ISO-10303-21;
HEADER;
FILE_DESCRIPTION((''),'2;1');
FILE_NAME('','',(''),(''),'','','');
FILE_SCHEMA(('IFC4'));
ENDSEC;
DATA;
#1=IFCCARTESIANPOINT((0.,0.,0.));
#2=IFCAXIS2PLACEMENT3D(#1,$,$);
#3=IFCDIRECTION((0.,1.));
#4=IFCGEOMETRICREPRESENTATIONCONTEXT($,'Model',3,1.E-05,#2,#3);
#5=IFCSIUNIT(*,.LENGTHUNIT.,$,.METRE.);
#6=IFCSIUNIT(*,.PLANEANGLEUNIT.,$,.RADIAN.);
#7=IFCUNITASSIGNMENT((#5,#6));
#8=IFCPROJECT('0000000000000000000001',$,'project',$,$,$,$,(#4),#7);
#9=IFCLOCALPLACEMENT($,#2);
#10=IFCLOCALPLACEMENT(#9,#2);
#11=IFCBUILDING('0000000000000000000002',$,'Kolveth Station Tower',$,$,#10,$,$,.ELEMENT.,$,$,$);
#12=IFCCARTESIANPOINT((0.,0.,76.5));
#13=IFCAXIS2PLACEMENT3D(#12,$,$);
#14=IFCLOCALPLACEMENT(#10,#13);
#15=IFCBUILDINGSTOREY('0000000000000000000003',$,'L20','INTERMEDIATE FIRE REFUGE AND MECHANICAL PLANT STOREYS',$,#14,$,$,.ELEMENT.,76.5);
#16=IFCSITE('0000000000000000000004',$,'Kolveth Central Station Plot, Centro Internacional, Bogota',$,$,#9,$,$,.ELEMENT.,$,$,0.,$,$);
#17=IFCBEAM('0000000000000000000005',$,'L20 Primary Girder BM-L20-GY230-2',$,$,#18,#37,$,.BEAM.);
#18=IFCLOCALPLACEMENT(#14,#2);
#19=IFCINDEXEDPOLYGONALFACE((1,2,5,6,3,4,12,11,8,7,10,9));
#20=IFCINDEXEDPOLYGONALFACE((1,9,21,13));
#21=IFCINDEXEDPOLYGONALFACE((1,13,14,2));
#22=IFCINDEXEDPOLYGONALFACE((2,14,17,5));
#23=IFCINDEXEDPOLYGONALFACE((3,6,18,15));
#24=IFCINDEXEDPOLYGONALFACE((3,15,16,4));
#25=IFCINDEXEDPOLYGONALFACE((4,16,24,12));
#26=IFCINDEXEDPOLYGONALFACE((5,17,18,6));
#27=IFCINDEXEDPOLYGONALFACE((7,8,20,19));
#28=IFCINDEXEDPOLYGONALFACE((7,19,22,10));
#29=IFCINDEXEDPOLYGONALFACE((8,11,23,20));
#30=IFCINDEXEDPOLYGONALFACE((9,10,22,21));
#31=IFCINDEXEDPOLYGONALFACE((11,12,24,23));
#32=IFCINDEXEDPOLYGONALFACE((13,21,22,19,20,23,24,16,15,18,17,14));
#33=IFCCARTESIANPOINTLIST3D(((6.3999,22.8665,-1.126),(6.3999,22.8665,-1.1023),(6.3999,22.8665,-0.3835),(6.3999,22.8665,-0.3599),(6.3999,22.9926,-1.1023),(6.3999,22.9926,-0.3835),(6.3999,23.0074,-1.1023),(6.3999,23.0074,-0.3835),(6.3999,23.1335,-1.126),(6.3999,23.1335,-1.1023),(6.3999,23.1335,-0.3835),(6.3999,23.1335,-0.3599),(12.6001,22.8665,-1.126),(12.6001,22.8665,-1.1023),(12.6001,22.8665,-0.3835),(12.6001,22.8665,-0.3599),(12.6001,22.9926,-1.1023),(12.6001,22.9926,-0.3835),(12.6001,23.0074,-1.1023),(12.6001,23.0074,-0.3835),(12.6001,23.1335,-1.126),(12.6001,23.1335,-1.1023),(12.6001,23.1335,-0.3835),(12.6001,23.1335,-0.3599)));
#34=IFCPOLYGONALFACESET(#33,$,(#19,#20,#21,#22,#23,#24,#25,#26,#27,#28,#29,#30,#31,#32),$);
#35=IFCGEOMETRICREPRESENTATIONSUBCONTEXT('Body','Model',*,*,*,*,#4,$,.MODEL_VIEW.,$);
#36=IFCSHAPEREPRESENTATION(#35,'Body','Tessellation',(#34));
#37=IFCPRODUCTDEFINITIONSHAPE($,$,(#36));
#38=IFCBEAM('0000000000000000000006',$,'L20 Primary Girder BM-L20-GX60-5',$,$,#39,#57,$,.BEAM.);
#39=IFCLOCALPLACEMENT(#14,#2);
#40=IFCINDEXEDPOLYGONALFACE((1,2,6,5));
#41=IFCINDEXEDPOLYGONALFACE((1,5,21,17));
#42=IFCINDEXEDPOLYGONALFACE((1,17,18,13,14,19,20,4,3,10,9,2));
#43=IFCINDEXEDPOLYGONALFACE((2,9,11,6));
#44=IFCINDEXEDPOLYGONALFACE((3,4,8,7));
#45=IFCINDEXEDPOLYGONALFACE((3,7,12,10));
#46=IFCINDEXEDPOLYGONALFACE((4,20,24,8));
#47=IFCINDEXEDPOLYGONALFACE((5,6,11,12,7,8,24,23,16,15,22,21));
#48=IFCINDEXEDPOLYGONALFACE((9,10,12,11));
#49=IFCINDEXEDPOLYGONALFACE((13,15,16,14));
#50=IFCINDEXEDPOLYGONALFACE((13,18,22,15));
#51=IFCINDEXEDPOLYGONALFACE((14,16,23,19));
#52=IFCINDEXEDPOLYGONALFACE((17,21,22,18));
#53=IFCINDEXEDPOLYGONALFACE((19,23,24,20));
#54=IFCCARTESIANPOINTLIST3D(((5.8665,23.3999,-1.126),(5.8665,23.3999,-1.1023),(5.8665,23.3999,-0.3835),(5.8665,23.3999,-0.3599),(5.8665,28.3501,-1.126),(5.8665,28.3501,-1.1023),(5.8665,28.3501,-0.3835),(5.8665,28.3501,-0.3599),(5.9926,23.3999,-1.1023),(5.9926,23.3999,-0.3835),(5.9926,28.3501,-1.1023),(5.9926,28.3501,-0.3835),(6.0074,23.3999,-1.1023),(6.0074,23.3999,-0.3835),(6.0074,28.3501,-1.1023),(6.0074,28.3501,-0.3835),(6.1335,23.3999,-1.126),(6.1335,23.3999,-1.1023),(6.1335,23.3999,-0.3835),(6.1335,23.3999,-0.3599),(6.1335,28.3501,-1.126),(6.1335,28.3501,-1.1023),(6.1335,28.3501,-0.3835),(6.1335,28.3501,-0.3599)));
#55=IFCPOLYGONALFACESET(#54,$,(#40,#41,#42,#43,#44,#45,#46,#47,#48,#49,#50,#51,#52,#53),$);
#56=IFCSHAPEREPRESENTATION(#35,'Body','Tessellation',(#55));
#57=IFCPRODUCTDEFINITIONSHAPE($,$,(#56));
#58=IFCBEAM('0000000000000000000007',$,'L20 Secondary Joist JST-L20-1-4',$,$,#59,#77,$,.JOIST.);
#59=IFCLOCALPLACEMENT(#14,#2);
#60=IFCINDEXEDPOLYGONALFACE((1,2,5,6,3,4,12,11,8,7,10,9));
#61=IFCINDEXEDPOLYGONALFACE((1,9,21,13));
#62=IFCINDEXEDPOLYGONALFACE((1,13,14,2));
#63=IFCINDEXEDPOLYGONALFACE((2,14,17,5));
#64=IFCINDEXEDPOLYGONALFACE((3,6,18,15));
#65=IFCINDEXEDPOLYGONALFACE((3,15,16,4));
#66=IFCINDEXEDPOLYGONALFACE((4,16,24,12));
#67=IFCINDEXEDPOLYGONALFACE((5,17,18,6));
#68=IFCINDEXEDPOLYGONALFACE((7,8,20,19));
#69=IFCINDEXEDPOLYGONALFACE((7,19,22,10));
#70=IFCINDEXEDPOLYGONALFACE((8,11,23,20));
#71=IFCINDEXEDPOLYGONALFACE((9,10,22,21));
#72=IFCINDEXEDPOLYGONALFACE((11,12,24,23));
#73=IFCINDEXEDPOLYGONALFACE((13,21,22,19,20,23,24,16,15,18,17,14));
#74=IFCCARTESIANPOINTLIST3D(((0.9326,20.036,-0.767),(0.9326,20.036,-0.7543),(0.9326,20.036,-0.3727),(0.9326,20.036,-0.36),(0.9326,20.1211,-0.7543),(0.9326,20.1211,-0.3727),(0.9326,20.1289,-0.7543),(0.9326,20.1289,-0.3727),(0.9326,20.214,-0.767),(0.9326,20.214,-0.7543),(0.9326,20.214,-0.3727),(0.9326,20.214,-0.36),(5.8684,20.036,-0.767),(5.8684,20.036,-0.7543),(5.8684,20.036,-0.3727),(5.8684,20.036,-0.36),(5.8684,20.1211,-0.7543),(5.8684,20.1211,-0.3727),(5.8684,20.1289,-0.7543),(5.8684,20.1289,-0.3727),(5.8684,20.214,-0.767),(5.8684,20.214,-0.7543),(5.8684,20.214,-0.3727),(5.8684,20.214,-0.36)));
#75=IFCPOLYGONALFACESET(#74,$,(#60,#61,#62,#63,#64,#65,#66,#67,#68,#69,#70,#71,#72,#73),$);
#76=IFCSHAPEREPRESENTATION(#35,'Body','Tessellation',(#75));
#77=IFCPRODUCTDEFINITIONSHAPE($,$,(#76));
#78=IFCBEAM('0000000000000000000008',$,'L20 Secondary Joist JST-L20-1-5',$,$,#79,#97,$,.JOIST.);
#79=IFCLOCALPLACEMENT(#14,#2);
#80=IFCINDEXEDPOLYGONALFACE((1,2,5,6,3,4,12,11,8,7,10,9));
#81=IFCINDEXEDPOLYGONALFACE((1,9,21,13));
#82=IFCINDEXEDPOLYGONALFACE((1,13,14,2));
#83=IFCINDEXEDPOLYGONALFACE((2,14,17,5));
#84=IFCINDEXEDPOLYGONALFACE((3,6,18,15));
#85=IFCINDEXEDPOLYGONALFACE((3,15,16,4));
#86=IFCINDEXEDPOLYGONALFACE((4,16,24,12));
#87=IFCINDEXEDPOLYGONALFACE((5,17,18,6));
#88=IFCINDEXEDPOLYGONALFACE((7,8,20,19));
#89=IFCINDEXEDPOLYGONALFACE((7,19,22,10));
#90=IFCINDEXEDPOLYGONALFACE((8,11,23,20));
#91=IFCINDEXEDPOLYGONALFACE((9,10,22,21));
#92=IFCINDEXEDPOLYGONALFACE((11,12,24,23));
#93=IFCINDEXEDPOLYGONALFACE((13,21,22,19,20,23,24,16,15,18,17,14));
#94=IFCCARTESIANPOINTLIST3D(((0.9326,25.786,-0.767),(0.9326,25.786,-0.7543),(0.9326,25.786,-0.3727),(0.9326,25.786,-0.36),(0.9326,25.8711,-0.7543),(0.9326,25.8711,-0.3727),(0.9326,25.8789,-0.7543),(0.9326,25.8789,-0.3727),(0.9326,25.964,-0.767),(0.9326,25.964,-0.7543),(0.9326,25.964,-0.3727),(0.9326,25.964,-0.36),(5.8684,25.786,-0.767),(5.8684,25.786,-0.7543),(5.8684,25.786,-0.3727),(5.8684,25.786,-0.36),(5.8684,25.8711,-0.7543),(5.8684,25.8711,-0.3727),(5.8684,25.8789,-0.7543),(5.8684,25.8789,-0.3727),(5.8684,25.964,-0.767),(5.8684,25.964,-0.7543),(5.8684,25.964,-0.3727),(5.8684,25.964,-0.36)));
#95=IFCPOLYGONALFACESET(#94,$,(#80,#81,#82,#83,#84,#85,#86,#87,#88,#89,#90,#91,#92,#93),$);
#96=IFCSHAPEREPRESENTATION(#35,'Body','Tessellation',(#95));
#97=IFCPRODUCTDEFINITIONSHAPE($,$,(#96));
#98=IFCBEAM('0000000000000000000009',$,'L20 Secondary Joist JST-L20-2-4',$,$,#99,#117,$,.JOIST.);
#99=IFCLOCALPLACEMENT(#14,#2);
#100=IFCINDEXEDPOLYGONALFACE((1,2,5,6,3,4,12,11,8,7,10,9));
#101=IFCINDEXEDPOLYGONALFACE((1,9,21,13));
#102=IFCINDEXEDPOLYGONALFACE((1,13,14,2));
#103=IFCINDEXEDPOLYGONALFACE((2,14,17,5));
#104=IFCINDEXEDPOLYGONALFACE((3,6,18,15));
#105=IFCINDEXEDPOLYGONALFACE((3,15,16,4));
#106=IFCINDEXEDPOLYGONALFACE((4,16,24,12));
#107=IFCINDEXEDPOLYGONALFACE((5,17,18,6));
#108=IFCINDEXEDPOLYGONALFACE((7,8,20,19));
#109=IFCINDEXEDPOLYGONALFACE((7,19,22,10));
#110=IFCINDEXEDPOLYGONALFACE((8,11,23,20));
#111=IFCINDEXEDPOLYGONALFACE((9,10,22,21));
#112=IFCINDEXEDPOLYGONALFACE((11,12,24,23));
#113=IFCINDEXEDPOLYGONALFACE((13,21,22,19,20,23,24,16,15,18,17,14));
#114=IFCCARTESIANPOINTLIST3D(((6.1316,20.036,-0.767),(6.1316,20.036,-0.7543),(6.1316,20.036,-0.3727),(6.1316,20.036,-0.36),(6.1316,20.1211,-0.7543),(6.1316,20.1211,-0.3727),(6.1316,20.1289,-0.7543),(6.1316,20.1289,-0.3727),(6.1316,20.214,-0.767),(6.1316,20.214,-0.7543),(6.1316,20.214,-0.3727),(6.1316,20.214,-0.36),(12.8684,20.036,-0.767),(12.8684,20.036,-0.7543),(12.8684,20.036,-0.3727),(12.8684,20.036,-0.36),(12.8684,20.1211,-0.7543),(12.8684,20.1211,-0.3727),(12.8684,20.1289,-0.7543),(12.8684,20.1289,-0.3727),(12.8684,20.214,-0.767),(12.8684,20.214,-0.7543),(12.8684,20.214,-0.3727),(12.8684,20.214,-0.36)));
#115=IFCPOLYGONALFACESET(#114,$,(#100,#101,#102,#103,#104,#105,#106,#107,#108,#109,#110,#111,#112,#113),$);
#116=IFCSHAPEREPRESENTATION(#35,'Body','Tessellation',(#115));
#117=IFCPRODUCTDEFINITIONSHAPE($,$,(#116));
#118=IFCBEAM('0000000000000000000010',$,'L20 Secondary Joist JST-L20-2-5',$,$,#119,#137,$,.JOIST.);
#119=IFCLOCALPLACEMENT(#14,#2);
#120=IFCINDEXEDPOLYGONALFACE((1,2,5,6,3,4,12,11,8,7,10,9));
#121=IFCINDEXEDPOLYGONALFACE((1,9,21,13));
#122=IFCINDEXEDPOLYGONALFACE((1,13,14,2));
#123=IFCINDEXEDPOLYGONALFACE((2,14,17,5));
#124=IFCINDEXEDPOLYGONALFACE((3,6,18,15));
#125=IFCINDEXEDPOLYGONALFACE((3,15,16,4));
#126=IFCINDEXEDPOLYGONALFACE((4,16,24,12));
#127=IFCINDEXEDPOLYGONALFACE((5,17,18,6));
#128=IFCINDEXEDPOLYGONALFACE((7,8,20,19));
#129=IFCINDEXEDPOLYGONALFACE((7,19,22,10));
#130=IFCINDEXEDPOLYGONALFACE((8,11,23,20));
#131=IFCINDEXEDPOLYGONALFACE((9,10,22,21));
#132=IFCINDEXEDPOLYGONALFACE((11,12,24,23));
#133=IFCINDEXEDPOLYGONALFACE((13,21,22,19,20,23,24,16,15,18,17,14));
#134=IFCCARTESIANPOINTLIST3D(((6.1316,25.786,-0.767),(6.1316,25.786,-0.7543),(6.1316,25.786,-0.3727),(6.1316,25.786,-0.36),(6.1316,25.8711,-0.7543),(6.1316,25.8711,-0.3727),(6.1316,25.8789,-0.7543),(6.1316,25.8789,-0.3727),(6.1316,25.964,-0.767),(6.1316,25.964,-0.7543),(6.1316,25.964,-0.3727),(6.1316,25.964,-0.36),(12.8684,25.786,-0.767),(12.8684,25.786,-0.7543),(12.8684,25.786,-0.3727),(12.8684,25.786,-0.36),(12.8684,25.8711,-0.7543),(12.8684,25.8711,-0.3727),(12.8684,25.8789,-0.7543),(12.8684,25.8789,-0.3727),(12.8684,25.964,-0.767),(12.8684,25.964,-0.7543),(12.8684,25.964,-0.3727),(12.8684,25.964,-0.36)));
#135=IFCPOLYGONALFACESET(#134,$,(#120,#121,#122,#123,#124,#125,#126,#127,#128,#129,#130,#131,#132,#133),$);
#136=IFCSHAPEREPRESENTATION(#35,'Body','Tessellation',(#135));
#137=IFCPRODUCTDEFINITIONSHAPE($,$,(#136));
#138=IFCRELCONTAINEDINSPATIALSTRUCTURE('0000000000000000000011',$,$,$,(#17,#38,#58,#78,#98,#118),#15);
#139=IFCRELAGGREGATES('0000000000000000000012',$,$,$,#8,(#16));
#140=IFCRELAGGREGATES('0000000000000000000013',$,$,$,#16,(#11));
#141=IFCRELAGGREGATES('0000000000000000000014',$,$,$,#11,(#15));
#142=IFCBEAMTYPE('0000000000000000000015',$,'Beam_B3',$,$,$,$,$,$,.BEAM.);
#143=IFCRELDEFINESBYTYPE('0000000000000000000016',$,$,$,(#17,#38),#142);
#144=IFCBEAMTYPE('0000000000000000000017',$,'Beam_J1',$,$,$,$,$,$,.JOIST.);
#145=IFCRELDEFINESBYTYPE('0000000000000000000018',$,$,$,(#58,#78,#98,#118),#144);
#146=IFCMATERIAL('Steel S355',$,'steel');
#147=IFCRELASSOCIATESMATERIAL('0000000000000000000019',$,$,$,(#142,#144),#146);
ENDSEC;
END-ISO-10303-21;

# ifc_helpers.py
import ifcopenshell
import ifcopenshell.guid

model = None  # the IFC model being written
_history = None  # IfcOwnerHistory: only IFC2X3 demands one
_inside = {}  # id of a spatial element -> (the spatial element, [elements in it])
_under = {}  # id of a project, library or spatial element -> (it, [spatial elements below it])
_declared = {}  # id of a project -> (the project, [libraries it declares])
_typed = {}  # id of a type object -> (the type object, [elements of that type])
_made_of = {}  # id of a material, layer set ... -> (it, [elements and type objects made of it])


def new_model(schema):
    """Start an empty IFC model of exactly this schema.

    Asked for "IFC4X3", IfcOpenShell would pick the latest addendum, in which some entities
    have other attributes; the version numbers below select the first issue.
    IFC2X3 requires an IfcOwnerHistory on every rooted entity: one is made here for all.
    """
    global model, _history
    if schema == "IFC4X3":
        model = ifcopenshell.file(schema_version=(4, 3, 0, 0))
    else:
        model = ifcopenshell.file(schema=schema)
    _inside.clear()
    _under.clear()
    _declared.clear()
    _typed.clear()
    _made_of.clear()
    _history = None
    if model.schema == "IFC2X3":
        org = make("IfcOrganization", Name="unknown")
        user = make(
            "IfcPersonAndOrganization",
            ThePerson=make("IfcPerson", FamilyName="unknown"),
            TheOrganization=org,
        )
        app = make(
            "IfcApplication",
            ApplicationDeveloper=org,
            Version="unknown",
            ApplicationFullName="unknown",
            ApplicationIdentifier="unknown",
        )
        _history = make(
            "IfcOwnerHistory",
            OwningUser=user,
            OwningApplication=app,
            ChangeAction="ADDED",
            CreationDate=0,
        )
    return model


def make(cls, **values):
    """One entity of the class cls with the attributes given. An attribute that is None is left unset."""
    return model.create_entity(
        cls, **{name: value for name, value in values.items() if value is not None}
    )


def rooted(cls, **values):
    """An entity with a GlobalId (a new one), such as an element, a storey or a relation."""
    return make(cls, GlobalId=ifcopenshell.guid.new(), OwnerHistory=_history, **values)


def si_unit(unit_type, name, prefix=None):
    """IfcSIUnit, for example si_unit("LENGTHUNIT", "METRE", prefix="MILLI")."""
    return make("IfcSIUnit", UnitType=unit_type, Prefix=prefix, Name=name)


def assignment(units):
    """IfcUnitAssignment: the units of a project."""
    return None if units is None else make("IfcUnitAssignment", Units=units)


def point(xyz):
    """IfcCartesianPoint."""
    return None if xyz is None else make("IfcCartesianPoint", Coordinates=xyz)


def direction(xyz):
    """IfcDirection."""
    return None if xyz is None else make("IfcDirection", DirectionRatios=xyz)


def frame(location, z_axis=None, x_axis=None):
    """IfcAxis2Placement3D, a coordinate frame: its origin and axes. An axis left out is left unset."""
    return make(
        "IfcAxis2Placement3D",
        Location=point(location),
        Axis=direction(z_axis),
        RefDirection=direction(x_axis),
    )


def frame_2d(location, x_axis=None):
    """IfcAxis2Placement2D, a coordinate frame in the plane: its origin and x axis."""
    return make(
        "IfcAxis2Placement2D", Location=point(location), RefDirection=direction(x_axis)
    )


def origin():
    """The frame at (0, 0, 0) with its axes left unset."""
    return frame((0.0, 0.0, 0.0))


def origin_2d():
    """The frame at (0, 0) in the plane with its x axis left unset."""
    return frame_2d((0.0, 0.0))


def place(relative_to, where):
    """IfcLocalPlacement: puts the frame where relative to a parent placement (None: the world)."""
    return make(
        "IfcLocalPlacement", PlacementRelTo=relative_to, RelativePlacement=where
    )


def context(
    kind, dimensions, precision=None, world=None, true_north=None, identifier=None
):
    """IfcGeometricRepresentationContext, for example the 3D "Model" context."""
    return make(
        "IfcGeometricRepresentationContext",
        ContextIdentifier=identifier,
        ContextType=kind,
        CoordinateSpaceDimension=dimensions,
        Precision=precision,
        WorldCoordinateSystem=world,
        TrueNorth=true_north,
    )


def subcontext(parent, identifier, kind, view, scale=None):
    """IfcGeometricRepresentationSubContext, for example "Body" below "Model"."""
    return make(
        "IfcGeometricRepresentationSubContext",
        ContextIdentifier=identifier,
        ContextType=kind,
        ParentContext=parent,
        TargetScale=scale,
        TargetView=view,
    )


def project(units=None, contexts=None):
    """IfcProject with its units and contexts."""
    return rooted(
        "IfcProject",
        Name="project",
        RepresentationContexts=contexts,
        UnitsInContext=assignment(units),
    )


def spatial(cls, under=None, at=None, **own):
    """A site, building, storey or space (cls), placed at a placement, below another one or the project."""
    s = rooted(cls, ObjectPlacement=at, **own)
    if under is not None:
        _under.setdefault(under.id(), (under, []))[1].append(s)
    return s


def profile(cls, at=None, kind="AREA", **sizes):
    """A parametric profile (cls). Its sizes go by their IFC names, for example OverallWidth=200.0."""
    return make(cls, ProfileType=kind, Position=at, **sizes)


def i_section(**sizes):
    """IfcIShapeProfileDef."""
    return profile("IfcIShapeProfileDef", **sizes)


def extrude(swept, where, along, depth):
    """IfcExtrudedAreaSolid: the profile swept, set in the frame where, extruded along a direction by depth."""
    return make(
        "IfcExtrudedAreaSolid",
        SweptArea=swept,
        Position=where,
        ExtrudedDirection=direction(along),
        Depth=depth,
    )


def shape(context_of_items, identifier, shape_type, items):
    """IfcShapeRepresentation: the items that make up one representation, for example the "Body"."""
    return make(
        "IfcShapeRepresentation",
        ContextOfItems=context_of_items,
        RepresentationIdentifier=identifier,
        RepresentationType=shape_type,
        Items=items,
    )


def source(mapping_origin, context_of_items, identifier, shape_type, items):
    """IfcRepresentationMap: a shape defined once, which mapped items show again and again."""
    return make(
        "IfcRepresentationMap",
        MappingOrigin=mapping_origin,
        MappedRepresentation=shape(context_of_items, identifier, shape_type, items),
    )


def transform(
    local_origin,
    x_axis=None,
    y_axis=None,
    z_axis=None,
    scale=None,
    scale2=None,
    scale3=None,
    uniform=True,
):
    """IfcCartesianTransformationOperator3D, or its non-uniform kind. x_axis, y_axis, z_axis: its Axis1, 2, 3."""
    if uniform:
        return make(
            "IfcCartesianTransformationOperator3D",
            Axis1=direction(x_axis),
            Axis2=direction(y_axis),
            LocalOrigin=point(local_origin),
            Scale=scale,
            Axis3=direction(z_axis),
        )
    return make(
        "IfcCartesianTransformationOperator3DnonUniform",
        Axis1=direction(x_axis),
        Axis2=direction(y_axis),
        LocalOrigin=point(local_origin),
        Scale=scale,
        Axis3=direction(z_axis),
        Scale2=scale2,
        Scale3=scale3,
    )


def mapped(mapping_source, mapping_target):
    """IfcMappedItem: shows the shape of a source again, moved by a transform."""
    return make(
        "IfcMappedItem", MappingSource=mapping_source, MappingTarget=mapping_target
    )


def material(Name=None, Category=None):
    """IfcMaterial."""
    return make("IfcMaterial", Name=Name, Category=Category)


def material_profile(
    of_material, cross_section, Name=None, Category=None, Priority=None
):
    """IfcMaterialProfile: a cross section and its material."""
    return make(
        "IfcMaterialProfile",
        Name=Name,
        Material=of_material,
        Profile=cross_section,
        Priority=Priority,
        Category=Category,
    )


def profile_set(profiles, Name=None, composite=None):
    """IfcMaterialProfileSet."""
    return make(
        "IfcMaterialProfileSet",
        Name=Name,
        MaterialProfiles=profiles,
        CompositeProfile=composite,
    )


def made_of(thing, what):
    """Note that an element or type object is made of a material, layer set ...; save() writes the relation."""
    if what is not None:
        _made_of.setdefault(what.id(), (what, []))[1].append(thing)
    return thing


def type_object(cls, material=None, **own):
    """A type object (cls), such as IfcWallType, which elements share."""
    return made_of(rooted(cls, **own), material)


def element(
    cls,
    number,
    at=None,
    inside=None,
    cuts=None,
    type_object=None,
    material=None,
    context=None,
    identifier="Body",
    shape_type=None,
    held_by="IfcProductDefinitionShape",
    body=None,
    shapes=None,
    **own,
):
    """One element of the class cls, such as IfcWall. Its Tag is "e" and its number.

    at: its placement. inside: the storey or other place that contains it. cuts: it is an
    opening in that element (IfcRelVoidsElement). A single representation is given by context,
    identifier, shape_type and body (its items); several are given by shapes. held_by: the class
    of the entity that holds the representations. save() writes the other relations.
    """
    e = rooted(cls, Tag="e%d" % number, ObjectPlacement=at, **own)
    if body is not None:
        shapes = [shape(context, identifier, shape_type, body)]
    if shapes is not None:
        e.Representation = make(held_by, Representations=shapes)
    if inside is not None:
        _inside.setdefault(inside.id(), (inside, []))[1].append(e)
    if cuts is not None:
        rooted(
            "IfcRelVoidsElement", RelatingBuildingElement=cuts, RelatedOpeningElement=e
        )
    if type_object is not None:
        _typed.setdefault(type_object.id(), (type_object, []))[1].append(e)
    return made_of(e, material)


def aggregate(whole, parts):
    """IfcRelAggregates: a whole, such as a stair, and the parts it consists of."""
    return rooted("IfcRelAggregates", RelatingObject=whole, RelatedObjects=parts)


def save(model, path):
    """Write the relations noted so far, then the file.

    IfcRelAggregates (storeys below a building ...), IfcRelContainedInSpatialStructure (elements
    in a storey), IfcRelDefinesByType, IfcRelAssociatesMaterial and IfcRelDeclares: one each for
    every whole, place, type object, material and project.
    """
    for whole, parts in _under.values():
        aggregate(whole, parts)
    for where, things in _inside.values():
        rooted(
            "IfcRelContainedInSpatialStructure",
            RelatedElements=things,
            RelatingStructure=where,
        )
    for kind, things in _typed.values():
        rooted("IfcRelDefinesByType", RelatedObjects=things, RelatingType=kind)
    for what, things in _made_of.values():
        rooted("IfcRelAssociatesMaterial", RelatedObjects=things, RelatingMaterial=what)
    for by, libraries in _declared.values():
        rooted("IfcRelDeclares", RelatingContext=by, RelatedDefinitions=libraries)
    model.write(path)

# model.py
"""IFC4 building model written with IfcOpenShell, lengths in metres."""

from ifc_helpers import new_model, si_unit, direction, frame, origin, origin_2d, place, context, subcontext, project, spatial, i_section, extrude, source, transform, mapped, material, material_profile, profile_set, type_object, element, save


model = new_model("IFC4")

# Units and contexts
model_context = context("Model", 3, precision=1e-05, world=origin(), true_north=direction((0.0, 1.0)))
body_context = subcontext(model_context, "Body", "Model", "MODEL_VIEW")
ifc_project = project(units=[si_unit("LENGTHUNIT", "METRE"), si_unit("PLANEANGLEUNIT", "RADIAN")], contexts=[model_context])

# Site, building, storey
site_placement = place(None, origin())
site = spatial("IfcSite", under=ifc_project, at=site_placement, Name="Kolveth Central Station Plot, Centro Internacional, Bogota", CompositionType="ELEMENT", RefElevation=0.0)
building_placement = place(site_placement, origin())
building = spatial("IfcBuilding", under=site, at=building_placement, Name="Kolveth Station Tower", CompositionType="ELEMENT")
storey_placement = place(building_placement, frame((0.0, 0.0, 76.5)))
storey = spatial("IfcBuildingStorey", under=building, at=storey_placement, Name="L20", Description="INTERMEDIATE FIRE REFUGE AND MECHANICAL PLANT STOREYS", CompositionType="ELEMENT", Elevation=76.5)

# Shared definitions
ifc_material_1 = material(Name="Steel S355", Category="steel")

# Beams
ifc_material_profile_1 = material_profile(ifc_material_1, i_section(OverallWidth=0.2671, OverallDepth=0.7661, WebThickness=0.0149, FlangeThickness=0.0237, at=origin_2d()), Name="W760x185")
ifc_profile_set_1 = profile_set([ifc_material_profile_1], Name="Steel S355")
beam_type_1 = type_object("IfcBeamType", Name="Beam_B3", PredefinedType="BEAM", material=ifc_profile_set_1)
shared_shape_1 = source(origin(), body_context, "Body", "SweptSolid", [
    extrude(i_section(OverallWidth=0.2671, OverallDepth=0.7661, WebThickness=0.0149, FlangeThickness=0.0237, at=origin_2d()), origin(), (0.0, 0.0, 1.0), 6.2002),
])
beam_1_placement = place(storey_placement, frame((6.3999, 23.0, -0.7429), z_axis=(1.0, 0.0, 0.0), x_axis=(0.0, 1.0, 0.0)))
element("IfcBeam", 1, at=beam_1_placement, inside=storey, type_object=beam_type_1, Name="L20 Primary Girder BM-L20-GY230-2", PredefinedType="BEAM", context=body_context, shape_type="MappedRepresentation", body=[
    mapped(shared_shape_1, transform((0.0, 0.0, 0.0), x_axis=(1.0, 0.0, 0.0), y_axis=(0.0, 1.0, 0.0), z_axis=(0.0, 0.0, 1.0), scale=1.0)),
])
shared_shape_2 = source(origin(), body_context, "Body", "SweptSolid", [
    extrude(i_section(OverallWidth=0.2671, OverallDepth=0.7661, WebThickness=0.0149, FlangeThickness=0.0237, at=origin_2d()), origin(), (0.0, 0.0, 1.0), 4.9502),
])
beam_2_placement = place(storey_placement, frame((6.0, 23.3999, -0.7429), z_axis=(0.0, 1.0, 0.0), x_axis=(-1.0, 0.0, 0.0)))
element("IfcBeam", 2, at=beam_2_placement, inside=storey, type_object=beam_type_1, Name="L20 Primary Girder BM-L20-GX60-5", PredefinedType="BEAM", context=body_context, shape_type="MappedRepresentation", body=[
    mapped(shared_shape_2, transform((0.0, 0.0, 0.0), x_axis=(1.0, 0.0, 0.0), y_axis=(0.0, 1.0, 0.0), z_axis=(0.0, 0.0, 1.0), scale=1.0)),
])
ifc_material_profile_2 = material_profile(ifc_material_1, i_section(OverallWidth=0.178, OverallDepth=0.407, WebThickness=0.0078, FlangeThickness=0.0127, at=origin_2d()), Name="W410x60")
ifc_profile_set_2 = profile_set([ifc_material_profile_2], Name="Steel S355")
beam_type_2 = type_object("IfcBeamType", Name="Beam_J1", PredefinedType="JOIST", material=ifc_profile_set_2)
shared_shape_3 = source(origin(), body_context, "Body", "SweptSolid", [
    extrude(i_section(OverallWidth=0.178, OverallDepth=0.407, WebThickness=0.0078, FlangeThickness=0.0127, at=origin_2d()), origin(), (0.0, 0.0, 1.0), 4.9358),
])
for number, where, z_axis, x_axis, name in (
    (3, (0.9326, 20.125, -0.5635), (1.0, 0.0, 0.0), (0.0, 1.0, 0.0), "L20 Secondary Joist JST-L20-1-4"),
    (4, (0.9326, 25.875, -0.5635), (1.0, 0.0, 0.0), (0.0, 1.0, 0.0), "L20 Secondary Joist JST-L20-1-5"),
):
    element("IfcBeam", number, at=place(storey_placement, frame(where, z_axis=z_axis, x_axis=x_axis)), inside=storey, type_object=beam_type_2, Name=name, PredefinedType="JOIST", context=body_context, shape_type="MappedRepresentation", body=[
        mapped(shared_shape_3, transform((0.0, 0.0, 0.0), x_axis=(1.0, 0.0, 0.0), y_axis=(0.0, 1.0, 0.0), z_axis=(0.0, 0.0, 1.0), scale=1.0)),
    ])
shared_shape_4 = source(origin(), body_context, "Body", "SweptSolid", [
    extrude(i_section(OverallWidth=0.178, OverallDepth=0.407, WebThickness=0.0078, FlangeThickness=0.0127, at=origin_2d()), origin(), (0.0, 0.0, 1.0), 6.7368),
])
for number, where, z_axis, x_axis, name in (
    (5, (6.1316, 20.125, -0.5635), (1.0, 0.0, 0.0), (0.0, 1.0, 0.0), "L20 Secondary Joist JST-L20-2-4"),
    (6, (6.1316, 25.875, -0.5635), (1.0, 0.0, 0.0), (0.0, 1.0, 0.0), "L20 Secondary Joist JST-L20-2-5"),
):
    element("IfcBeam", number, at=place(storey_placement, frame(where, z_axis=z_axis, x_axis=x_axis)), inside=storey, type_object=beam_type_2, Name=name, PredefinedType="JOIST", context=body_context, shape_type="MappedRepresentation", body=[
        mapped(shared_shape_4, transform((0.0, 0.0, 0.0), x_axis=(1.0, 0.0, 0.0), y_axis=(0.0, 1.0, 0.0), z_axis=(0.0, 0.0, 1.0), scale=1.0)),
    ])

save(model, "model.ifc")
